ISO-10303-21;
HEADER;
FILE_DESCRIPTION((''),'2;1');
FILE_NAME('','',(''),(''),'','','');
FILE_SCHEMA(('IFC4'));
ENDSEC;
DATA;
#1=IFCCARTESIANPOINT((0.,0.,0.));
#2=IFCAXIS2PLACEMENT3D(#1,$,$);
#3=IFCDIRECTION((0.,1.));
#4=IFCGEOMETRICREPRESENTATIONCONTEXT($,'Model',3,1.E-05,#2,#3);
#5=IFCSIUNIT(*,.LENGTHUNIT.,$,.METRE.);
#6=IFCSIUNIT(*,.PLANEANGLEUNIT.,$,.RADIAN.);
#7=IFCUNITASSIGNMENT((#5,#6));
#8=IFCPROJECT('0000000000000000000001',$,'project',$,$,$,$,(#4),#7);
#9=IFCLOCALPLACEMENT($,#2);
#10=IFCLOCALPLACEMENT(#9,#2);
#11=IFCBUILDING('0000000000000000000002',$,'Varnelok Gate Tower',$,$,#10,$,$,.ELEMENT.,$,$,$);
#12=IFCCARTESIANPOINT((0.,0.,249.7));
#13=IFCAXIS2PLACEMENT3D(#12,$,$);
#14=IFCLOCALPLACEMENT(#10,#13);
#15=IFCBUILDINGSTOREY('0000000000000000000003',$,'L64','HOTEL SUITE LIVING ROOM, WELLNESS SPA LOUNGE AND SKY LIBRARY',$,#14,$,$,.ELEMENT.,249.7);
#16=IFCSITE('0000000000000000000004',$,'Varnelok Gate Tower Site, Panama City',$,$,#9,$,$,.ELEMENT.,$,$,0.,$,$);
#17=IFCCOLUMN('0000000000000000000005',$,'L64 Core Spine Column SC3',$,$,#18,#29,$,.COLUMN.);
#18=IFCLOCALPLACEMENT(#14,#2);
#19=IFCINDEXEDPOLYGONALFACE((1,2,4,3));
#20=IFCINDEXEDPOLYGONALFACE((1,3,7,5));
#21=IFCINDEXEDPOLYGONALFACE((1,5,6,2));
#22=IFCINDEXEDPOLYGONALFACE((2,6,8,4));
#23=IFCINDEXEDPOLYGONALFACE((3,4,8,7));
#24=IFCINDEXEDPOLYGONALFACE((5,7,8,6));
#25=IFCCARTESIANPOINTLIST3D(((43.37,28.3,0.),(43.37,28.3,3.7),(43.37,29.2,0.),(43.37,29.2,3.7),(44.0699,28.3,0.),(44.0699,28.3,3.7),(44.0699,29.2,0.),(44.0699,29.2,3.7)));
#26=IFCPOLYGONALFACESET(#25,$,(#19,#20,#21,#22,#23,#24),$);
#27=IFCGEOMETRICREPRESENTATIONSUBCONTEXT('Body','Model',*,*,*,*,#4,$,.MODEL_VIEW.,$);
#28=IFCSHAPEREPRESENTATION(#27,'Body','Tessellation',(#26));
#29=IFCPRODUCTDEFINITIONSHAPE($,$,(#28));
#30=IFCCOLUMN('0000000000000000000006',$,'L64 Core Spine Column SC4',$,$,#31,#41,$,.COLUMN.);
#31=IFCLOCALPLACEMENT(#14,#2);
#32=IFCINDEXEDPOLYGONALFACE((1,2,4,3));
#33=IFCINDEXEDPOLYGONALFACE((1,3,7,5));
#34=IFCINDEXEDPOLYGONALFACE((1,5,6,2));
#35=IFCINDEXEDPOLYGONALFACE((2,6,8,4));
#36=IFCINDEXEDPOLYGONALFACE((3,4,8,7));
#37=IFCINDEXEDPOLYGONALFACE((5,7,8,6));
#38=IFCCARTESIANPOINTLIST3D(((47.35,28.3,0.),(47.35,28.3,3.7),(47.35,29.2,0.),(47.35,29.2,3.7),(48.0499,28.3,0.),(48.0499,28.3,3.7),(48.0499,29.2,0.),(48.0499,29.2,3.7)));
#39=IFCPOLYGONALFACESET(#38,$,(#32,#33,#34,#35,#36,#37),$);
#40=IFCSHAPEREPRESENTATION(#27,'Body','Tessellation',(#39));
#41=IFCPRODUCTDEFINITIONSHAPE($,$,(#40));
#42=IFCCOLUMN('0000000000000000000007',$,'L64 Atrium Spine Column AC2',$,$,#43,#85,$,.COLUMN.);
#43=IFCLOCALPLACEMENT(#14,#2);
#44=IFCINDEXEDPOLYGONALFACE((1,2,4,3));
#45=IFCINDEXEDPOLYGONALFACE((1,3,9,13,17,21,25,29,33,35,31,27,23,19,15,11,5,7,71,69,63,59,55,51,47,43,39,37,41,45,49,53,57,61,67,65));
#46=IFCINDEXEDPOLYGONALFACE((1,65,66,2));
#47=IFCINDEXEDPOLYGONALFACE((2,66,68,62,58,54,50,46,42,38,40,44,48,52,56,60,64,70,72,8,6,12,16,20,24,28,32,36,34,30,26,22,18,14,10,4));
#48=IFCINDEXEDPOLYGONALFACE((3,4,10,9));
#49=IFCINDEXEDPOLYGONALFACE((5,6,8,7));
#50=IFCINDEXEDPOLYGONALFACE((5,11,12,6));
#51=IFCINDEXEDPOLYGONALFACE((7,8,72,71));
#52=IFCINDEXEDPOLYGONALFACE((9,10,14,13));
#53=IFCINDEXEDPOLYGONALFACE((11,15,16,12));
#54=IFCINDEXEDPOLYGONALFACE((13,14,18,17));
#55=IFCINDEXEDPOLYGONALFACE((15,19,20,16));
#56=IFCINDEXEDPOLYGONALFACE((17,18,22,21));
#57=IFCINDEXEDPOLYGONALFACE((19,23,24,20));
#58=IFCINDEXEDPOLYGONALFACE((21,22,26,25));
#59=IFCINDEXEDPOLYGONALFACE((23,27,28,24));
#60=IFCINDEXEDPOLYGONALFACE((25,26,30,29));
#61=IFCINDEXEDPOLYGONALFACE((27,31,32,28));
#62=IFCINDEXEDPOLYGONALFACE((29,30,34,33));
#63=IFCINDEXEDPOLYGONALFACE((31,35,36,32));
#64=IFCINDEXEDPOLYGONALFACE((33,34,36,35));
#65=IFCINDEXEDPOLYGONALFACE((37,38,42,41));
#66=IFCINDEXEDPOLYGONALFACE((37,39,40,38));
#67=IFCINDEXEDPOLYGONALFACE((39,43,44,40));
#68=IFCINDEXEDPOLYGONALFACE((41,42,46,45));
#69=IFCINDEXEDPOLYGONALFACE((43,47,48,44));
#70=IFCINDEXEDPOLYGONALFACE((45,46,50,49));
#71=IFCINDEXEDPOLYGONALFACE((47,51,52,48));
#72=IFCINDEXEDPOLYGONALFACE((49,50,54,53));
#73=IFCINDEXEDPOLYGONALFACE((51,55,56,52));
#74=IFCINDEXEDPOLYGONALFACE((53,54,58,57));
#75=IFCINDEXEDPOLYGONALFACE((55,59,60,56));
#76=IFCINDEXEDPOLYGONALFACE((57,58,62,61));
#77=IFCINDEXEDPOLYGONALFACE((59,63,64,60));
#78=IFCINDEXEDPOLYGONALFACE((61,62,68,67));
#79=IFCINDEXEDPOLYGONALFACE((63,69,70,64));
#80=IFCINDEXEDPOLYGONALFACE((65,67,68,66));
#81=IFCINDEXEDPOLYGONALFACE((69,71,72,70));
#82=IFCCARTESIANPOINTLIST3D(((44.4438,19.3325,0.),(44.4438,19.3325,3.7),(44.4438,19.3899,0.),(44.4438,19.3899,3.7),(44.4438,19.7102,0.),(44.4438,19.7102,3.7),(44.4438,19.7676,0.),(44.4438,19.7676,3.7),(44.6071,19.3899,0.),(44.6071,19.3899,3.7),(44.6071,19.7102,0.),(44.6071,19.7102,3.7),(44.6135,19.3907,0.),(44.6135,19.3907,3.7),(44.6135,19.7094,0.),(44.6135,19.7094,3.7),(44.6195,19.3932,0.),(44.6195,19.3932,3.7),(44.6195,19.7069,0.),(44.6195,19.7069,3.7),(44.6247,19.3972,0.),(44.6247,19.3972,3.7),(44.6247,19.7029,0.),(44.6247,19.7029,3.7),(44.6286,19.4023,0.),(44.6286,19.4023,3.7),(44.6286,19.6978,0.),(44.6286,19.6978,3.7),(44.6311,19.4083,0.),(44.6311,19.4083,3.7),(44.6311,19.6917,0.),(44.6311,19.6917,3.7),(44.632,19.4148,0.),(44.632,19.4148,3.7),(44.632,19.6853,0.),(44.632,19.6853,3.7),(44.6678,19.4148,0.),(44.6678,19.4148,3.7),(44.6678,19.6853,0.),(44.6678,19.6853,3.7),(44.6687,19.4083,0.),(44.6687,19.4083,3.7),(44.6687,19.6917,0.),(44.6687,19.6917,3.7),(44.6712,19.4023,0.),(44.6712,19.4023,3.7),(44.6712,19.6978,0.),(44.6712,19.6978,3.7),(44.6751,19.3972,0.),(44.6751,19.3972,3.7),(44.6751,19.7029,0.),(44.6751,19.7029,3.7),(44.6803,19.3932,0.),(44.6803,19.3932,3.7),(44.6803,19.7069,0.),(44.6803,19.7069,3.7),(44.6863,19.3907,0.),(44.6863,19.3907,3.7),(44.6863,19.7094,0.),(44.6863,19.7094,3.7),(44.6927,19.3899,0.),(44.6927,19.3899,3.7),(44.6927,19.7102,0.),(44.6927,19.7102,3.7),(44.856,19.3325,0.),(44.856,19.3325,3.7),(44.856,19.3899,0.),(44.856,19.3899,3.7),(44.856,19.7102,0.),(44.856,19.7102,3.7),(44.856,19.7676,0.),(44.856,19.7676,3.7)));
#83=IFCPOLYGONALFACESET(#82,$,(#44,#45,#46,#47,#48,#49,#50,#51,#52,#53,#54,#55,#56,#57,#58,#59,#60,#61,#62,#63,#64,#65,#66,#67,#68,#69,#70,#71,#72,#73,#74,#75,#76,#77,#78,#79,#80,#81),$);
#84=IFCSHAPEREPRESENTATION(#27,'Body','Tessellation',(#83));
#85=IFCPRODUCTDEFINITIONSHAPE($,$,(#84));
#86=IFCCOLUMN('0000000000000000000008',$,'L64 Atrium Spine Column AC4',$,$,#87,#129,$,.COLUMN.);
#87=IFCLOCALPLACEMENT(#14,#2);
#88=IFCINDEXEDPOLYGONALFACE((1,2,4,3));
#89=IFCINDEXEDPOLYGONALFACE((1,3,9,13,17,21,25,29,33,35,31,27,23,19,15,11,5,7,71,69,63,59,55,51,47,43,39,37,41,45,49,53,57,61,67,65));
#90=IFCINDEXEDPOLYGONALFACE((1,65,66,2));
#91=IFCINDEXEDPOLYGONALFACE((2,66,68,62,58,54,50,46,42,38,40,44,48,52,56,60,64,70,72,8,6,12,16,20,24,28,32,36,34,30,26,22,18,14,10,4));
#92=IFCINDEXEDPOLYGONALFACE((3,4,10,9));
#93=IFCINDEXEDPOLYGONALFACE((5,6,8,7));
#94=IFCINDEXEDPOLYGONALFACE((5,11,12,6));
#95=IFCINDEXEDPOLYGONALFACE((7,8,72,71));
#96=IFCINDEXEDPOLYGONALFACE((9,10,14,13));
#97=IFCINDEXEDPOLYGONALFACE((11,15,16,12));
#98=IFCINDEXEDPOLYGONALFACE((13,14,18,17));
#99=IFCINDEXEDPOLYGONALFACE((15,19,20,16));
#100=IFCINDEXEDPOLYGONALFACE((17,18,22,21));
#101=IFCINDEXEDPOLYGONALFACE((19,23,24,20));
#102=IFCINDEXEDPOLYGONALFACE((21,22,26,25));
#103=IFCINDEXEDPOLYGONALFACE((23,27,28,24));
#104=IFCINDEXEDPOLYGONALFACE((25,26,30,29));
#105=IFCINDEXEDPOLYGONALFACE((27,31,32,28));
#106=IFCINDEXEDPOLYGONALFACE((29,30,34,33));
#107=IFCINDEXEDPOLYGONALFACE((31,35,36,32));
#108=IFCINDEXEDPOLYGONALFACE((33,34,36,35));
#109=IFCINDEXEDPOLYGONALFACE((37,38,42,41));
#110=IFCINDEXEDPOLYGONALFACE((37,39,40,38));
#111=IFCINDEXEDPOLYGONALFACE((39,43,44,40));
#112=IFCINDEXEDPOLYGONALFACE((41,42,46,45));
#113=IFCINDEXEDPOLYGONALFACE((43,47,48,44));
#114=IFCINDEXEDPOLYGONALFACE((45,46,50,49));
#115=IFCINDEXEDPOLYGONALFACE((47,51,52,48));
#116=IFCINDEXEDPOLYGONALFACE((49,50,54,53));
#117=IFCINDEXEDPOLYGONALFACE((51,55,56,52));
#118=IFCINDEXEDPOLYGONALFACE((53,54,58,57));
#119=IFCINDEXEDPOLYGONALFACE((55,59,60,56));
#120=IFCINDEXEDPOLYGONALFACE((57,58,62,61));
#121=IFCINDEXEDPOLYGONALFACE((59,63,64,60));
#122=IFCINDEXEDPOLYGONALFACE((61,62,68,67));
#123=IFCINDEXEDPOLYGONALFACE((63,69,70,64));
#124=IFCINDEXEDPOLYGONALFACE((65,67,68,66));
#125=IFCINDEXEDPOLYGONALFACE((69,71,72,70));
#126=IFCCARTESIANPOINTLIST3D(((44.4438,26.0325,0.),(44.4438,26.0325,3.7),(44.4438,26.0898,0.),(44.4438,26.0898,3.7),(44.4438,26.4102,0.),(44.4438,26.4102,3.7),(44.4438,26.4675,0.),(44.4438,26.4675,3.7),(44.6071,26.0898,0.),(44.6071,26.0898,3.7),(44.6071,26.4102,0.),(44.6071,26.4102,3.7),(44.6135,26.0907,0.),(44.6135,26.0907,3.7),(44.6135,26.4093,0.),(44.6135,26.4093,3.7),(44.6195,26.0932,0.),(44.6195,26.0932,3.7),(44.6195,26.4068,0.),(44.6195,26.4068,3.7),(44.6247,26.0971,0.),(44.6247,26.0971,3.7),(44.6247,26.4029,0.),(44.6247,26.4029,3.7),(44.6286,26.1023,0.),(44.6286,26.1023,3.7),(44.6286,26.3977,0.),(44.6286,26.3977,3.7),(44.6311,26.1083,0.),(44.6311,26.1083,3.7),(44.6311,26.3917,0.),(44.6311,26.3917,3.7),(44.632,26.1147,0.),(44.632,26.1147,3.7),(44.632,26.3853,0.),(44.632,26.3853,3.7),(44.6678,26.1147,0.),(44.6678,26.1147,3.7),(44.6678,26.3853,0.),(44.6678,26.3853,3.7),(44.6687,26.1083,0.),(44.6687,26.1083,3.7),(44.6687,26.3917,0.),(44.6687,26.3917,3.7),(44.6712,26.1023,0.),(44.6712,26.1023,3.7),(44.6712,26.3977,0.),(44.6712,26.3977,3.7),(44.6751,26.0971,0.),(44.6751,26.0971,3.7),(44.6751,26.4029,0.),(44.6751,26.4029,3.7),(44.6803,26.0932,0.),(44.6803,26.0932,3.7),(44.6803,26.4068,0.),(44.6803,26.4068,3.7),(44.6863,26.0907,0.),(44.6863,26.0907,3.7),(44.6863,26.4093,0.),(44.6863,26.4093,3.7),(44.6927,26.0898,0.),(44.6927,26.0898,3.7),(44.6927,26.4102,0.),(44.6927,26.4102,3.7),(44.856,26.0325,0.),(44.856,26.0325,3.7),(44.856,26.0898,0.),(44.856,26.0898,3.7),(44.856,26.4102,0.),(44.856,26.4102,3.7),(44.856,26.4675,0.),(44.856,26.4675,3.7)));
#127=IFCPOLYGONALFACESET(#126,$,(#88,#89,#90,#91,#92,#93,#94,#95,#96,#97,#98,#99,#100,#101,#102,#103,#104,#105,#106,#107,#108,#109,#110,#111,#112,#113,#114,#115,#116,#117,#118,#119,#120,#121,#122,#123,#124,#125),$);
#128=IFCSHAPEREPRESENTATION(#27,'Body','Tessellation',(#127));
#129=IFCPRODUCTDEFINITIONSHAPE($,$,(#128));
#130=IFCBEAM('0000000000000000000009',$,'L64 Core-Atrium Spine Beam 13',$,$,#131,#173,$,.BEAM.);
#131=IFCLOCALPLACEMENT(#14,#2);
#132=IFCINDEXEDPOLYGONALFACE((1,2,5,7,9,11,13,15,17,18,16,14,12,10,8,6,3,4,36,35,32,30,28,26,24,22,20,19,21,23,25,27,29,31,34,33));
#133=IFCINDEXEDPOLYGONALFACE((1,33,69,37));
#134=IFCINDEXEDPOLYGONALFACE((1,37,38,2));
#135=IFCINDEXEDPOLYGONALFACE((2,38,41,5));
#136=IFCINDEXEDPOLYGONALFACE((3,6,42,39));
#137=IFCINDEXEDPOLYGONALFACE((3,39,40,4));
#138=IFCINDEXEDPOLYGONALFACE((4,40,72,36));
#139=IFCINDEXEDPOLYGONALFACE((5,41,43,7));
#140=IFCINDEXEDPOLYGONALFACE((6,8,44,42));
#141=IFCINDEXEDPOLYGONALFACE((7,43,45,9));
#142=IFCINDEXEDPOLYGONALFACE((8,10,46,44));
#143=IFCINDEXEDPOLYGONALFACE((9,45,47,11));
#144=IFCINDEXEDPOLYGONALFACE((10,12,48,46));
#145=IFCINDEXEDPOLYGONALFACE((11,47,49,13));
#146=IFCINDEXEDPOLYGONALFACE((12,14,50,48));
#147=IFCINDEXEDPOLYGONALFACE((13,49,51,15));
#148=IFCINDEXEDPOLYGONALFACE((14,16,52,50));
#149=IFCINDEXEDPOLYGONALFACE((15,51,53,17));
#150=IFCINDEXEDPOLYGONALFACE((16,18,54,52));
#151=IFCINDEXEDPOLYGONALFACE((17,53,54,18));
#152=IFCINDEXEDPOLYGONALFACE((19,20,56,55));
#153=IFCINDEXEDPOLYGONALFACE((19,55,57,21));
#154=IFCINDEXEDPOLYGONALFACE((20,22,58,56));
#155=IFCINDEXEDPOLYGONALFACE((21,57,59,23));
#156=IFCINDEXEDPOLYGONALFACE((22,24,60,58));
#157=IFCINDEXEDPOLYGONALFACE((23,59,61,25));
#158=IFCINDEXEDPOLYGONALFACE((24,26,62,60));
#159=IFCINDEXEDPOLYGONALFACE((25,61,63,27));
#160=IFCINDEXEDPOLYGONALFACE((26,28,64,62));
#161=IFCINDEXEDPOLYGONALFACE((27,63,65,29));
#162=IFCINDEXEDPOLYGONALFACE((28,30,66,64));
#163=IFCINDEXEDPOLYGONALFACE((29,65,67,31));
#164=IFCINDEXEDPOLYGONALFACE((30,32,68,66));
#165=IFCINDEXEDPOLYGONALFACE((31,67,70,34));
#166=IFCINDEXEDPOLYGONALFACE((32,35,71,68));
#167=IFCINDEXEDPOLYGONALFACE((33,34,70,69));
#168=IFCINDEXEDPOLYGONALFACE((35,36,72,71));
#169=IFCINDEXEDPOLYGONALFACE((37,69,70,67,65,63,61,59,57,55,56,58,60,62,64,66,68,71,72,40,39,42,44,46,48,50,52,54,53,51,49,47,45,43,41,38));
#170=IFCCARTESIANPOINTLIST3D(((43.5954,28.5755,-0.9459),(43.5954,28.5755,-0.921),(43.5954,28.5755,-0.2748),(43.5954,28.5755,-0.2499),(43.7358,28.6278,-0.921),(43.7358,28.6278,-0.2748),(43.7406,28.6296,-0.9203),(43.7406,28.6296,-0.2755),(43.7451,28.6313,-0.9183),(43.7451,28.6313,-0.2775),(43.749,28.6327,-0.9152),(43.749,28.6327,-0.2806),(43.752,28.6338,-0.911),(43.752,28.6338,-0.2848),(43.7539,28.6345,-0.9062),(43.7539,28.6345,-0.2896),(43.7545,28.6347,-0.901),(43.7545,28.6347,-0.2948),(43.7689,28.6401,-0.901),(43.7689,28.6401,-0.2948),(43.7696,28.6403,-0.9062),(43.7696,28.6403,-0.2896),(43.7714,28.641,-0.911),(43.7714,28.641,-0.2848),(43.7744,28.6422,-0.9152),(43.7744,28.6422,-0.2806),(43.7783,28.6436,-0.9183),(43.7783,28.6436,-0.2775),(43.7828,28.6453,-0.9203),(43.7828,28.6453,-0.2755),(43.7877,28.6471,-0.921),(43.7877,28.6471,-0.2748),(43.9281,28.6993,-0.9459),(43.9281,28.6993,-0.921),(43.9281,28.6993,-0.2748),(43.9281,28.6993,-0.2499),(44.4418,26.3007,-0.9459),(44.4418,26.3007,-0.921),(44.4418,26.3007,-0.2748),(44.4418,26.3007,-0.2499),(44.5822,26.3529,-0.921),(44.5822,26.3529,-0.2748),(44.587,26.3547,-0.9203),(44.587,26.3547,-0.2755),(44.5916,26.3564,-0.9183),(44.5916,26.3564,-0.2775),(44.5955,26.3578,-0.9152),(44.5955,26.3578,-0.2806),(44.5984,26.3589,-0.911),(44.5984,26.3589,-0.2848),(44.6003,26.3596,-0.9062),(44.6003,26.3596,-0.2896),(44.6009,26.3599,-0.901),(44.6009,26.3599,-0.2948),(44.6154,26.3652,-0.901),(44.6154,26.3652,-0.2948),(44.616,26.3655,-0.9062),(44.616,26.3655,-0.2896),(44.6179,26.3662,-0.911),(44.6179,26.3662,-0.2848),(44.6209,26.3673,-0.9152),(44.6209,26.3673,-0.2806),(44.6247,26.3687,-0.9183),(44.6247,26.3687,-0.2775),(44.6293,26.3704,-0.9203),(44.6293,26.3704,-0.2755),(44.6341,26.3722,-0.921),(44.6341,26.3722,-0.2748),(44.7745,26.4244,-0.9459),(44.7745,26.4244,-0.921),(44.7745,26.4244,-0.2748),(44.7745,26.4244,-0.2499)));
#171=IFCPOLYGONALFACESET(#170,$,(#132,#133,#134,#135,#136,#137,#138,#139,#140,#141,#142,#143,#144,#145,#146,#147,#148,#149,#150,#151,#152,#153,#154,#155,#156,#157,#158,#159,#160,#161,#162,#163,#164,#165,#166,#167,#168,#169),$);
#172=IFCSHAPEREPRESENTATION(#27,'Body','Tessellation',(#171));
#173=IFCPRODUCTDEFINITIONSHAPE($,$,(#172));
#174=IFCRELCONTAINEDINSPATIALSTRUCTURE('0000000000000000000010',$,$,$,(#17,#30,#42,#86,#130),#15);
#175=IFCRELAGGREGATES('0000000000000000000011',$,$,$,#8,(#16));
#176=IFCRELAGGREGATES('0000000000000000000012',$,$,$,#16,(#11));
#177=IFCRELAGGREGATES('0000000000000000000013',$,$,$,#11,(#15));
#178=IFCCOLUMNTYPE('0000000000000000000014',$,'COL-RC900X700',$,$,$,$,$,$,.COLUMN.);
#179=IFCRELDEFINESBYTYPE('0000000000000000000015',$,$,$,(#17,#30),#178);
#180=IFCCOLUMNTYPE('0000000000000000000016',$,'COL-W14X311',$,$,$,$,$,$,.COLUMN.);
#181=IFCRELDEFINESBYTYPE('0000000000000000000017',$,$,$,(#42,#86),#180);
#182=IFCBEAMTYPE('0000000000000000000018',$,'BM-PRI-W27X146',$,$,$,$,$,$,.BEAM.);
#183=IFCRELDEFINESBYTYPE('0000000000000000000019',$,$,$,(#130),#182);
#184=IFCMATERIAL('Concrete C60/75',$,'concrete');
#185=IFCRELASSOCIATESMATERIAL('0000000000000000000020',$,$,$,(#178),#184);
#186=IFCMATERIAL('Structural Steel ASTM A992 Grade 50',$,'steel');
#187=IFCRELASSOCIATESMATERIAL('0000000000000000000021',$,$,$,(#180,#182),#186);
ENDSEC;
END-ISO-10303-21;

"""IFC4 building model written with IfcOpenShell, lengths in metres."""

from ifc_helpers import new_model, si_unit, direction, frame, origin, origin_2d, place, context, subcontext, project, spatial, rectangle, i_section, extrude, material, material_profile, profile_set, type_object, element, save


model = new_model("IFC4")

# Units and contexts
model_context = context("Model", 3, precision=1e-05, world=origin(), true_north=direction((0.0, 1.0)))
body_context = subcontext(model_context, "Body", "Model", "MODEL_VIEW")
ifc_project = project(units=[si_unit("LENGTHUNIT", "METRE"), si_unit("PLANEANGLEUNIT", "RADIAN")], contexts=[model_context])

# Site, building, storey
site_placement = place(None, origin())
site = spatial("IfcSite", under=ifc_project, at=site_placement, Name="Varnelok Gate Tower Site, Panama City", CompositionType="ELEMENT", RefElevation=0.0)
building_placement = place(site_placement, origin())
building = spatial("IfcBuilding", under=site, at=building_placement, Name="Varnelok Gate Tower", CompositionType="ELEMENT")
storey_placement = place(building_placement, frame((0.0, 0.0, 249.7)))
storey = spatial("IfcBuildingStorey", under=building, at=storey_placement, Name="L64", Description="HOTEL SUITE LIVING ROOM, WELLNESS SPA LOUNGE AND SKY LIBRARY", CompositionType="ELEMENT", Elevation=249.7)

# Columns
ifc_material_1 = material(Name="Concrete C60/75", Category="concrete")
ifc_material_profile_1 = material_profile(ifc_material_1, rectangle(XDim=0.7, YDim=0.8999, at=origin_2d()), Name="RC900X700")
ifc_profile_set_1 = profile_set([ifc_material_profile_1], Name="Concrete C60/75")
column_type_1 = type_object("IfcColumnType", Name="COL-RC900X700", PredefinedType="COLUMN", material=ifc_profile_set_1)
for number, where, z_axis, x_axis, name in (
    (1, (43.72, 28.75, 0.0), (0.0, 0.0, 1.0), (1.0, 0.0, 0.0), "L64 Core Spine Column SC3"),
    (2, (47.7, 28.75, 0.0), (0.0, 0.0, 1.0), (1.0, 0.0, 0.0), "L64 Core Spine Column SC4"),
):
    element("IfcColumn", number, at=place(storey_placement, frame(where, z_axis=z_axis, x_axis=x_axis)), inside=storey, type_object=column_type_1, Name=name, PredefinedType="COLUMN", context=body_context, shape_type="SweptSolid", body=[
        extrude(rectangle(XDim=0.7, YDim=0.8999, at=origin_2d()), origin(), (0.0, 0.0, 1.0), 3.7),
    ])
ifc_material_2 = material(Name="Structural Steel ASTM A992 Grade 50", Category="steel")
ifc_material_profile_2 = material_profile(ifc_material_2, i_section(OverallWidth=0.4121, OverallDepth=0.4351, WebThickness=0.0359, FlangeThickness=0.0574, FilletRadius=0.0249, at=origin_2d()), Name="W14X311")
ifc_profile_set_2 = profile_set([ifc_material_profile_2], Name="Structural Steel ASTM A992 Grade 50")
column_type_2 = type_object("IfcColumnType", Name="COL-W14X311", PredefinedType="COLUMN", material=ifc_profile_set_2)
for number, where, z_axis, x_axis, name in (
    (3, (44.6499, 19.55, 0.0), (0.0, 0.0, 1.0), (1.0, 0.0, 0.0), "L64 Atrium Spine Column AC2"),
    (4, (44.6499, 26.25, 0.0), (0.0, 0.0, 1.0), (1.0, 0.0, 0.0), "L64 Atrium Spine Column AC4"),
):
    element("IfcColumn", number, at=place(storey_placement, frame(where, z_axis=z_axis, x_axis=x_axis)), inside=storey, type_object=column_type_2, Name=name, PredefinedType="COLUMN", context=body_context, shape_type="SweptSolid", body=[
        extrude(i_section(OverallWidth=0.4121, OverallDepth=0.4351, WebThickness=0.0359, FlangeThickness=0.0574, FilletRadius=0.0249, at=origin_2d()), origin(), (0.0, 0.0, 1.0), 3.7),
    ])

# Beam
ifc_material_profile_3 = material_profile(ifc_material_2, i_section(OverallWidth=0.355, OverallDepth=0.696, WebThickness=0.0154, FlangeThickness=0.0249, FilletRadius=0.02, at=origin_2d()), Name="W27X146")
ifc_profile_set_3 = profile_set([ifc_material_profile_3], Name="Structural Steel ASTM A992 Grade 50")
beam_type_1 = type_object("IfcBeamType", Name="BM-PRI-W27X146", PredefinedType="BEAM", material=ifc_profile_set_3)
beam_1_placement = place(storey_placement, frame((44.6082, 26.3625, -0.5979), z_axis=(-0.348719, 0.937227, 0.0), x_axis=(-0.937227, -0.348719, 0.0)))
element("IfcBeam", 5, at=beam_1_placement, inside=storey, type_object=beam_type_1, Name="L64 Core-Atrium Spine Beam 13", PredefinedType="BEAM", context=body_context, shape_type="SweptSolid", body=[
    extrude(i_section(OverallWidth=0.355, OverallDepth=0.696, WebThickness=0.0154, FlangeThickness=0.0249, FilletRadius=0.02, at=origin_2d()), origin(), (0.0, 0.0, 1.0), 2.4272),
])

save(model, "model.ifc")
